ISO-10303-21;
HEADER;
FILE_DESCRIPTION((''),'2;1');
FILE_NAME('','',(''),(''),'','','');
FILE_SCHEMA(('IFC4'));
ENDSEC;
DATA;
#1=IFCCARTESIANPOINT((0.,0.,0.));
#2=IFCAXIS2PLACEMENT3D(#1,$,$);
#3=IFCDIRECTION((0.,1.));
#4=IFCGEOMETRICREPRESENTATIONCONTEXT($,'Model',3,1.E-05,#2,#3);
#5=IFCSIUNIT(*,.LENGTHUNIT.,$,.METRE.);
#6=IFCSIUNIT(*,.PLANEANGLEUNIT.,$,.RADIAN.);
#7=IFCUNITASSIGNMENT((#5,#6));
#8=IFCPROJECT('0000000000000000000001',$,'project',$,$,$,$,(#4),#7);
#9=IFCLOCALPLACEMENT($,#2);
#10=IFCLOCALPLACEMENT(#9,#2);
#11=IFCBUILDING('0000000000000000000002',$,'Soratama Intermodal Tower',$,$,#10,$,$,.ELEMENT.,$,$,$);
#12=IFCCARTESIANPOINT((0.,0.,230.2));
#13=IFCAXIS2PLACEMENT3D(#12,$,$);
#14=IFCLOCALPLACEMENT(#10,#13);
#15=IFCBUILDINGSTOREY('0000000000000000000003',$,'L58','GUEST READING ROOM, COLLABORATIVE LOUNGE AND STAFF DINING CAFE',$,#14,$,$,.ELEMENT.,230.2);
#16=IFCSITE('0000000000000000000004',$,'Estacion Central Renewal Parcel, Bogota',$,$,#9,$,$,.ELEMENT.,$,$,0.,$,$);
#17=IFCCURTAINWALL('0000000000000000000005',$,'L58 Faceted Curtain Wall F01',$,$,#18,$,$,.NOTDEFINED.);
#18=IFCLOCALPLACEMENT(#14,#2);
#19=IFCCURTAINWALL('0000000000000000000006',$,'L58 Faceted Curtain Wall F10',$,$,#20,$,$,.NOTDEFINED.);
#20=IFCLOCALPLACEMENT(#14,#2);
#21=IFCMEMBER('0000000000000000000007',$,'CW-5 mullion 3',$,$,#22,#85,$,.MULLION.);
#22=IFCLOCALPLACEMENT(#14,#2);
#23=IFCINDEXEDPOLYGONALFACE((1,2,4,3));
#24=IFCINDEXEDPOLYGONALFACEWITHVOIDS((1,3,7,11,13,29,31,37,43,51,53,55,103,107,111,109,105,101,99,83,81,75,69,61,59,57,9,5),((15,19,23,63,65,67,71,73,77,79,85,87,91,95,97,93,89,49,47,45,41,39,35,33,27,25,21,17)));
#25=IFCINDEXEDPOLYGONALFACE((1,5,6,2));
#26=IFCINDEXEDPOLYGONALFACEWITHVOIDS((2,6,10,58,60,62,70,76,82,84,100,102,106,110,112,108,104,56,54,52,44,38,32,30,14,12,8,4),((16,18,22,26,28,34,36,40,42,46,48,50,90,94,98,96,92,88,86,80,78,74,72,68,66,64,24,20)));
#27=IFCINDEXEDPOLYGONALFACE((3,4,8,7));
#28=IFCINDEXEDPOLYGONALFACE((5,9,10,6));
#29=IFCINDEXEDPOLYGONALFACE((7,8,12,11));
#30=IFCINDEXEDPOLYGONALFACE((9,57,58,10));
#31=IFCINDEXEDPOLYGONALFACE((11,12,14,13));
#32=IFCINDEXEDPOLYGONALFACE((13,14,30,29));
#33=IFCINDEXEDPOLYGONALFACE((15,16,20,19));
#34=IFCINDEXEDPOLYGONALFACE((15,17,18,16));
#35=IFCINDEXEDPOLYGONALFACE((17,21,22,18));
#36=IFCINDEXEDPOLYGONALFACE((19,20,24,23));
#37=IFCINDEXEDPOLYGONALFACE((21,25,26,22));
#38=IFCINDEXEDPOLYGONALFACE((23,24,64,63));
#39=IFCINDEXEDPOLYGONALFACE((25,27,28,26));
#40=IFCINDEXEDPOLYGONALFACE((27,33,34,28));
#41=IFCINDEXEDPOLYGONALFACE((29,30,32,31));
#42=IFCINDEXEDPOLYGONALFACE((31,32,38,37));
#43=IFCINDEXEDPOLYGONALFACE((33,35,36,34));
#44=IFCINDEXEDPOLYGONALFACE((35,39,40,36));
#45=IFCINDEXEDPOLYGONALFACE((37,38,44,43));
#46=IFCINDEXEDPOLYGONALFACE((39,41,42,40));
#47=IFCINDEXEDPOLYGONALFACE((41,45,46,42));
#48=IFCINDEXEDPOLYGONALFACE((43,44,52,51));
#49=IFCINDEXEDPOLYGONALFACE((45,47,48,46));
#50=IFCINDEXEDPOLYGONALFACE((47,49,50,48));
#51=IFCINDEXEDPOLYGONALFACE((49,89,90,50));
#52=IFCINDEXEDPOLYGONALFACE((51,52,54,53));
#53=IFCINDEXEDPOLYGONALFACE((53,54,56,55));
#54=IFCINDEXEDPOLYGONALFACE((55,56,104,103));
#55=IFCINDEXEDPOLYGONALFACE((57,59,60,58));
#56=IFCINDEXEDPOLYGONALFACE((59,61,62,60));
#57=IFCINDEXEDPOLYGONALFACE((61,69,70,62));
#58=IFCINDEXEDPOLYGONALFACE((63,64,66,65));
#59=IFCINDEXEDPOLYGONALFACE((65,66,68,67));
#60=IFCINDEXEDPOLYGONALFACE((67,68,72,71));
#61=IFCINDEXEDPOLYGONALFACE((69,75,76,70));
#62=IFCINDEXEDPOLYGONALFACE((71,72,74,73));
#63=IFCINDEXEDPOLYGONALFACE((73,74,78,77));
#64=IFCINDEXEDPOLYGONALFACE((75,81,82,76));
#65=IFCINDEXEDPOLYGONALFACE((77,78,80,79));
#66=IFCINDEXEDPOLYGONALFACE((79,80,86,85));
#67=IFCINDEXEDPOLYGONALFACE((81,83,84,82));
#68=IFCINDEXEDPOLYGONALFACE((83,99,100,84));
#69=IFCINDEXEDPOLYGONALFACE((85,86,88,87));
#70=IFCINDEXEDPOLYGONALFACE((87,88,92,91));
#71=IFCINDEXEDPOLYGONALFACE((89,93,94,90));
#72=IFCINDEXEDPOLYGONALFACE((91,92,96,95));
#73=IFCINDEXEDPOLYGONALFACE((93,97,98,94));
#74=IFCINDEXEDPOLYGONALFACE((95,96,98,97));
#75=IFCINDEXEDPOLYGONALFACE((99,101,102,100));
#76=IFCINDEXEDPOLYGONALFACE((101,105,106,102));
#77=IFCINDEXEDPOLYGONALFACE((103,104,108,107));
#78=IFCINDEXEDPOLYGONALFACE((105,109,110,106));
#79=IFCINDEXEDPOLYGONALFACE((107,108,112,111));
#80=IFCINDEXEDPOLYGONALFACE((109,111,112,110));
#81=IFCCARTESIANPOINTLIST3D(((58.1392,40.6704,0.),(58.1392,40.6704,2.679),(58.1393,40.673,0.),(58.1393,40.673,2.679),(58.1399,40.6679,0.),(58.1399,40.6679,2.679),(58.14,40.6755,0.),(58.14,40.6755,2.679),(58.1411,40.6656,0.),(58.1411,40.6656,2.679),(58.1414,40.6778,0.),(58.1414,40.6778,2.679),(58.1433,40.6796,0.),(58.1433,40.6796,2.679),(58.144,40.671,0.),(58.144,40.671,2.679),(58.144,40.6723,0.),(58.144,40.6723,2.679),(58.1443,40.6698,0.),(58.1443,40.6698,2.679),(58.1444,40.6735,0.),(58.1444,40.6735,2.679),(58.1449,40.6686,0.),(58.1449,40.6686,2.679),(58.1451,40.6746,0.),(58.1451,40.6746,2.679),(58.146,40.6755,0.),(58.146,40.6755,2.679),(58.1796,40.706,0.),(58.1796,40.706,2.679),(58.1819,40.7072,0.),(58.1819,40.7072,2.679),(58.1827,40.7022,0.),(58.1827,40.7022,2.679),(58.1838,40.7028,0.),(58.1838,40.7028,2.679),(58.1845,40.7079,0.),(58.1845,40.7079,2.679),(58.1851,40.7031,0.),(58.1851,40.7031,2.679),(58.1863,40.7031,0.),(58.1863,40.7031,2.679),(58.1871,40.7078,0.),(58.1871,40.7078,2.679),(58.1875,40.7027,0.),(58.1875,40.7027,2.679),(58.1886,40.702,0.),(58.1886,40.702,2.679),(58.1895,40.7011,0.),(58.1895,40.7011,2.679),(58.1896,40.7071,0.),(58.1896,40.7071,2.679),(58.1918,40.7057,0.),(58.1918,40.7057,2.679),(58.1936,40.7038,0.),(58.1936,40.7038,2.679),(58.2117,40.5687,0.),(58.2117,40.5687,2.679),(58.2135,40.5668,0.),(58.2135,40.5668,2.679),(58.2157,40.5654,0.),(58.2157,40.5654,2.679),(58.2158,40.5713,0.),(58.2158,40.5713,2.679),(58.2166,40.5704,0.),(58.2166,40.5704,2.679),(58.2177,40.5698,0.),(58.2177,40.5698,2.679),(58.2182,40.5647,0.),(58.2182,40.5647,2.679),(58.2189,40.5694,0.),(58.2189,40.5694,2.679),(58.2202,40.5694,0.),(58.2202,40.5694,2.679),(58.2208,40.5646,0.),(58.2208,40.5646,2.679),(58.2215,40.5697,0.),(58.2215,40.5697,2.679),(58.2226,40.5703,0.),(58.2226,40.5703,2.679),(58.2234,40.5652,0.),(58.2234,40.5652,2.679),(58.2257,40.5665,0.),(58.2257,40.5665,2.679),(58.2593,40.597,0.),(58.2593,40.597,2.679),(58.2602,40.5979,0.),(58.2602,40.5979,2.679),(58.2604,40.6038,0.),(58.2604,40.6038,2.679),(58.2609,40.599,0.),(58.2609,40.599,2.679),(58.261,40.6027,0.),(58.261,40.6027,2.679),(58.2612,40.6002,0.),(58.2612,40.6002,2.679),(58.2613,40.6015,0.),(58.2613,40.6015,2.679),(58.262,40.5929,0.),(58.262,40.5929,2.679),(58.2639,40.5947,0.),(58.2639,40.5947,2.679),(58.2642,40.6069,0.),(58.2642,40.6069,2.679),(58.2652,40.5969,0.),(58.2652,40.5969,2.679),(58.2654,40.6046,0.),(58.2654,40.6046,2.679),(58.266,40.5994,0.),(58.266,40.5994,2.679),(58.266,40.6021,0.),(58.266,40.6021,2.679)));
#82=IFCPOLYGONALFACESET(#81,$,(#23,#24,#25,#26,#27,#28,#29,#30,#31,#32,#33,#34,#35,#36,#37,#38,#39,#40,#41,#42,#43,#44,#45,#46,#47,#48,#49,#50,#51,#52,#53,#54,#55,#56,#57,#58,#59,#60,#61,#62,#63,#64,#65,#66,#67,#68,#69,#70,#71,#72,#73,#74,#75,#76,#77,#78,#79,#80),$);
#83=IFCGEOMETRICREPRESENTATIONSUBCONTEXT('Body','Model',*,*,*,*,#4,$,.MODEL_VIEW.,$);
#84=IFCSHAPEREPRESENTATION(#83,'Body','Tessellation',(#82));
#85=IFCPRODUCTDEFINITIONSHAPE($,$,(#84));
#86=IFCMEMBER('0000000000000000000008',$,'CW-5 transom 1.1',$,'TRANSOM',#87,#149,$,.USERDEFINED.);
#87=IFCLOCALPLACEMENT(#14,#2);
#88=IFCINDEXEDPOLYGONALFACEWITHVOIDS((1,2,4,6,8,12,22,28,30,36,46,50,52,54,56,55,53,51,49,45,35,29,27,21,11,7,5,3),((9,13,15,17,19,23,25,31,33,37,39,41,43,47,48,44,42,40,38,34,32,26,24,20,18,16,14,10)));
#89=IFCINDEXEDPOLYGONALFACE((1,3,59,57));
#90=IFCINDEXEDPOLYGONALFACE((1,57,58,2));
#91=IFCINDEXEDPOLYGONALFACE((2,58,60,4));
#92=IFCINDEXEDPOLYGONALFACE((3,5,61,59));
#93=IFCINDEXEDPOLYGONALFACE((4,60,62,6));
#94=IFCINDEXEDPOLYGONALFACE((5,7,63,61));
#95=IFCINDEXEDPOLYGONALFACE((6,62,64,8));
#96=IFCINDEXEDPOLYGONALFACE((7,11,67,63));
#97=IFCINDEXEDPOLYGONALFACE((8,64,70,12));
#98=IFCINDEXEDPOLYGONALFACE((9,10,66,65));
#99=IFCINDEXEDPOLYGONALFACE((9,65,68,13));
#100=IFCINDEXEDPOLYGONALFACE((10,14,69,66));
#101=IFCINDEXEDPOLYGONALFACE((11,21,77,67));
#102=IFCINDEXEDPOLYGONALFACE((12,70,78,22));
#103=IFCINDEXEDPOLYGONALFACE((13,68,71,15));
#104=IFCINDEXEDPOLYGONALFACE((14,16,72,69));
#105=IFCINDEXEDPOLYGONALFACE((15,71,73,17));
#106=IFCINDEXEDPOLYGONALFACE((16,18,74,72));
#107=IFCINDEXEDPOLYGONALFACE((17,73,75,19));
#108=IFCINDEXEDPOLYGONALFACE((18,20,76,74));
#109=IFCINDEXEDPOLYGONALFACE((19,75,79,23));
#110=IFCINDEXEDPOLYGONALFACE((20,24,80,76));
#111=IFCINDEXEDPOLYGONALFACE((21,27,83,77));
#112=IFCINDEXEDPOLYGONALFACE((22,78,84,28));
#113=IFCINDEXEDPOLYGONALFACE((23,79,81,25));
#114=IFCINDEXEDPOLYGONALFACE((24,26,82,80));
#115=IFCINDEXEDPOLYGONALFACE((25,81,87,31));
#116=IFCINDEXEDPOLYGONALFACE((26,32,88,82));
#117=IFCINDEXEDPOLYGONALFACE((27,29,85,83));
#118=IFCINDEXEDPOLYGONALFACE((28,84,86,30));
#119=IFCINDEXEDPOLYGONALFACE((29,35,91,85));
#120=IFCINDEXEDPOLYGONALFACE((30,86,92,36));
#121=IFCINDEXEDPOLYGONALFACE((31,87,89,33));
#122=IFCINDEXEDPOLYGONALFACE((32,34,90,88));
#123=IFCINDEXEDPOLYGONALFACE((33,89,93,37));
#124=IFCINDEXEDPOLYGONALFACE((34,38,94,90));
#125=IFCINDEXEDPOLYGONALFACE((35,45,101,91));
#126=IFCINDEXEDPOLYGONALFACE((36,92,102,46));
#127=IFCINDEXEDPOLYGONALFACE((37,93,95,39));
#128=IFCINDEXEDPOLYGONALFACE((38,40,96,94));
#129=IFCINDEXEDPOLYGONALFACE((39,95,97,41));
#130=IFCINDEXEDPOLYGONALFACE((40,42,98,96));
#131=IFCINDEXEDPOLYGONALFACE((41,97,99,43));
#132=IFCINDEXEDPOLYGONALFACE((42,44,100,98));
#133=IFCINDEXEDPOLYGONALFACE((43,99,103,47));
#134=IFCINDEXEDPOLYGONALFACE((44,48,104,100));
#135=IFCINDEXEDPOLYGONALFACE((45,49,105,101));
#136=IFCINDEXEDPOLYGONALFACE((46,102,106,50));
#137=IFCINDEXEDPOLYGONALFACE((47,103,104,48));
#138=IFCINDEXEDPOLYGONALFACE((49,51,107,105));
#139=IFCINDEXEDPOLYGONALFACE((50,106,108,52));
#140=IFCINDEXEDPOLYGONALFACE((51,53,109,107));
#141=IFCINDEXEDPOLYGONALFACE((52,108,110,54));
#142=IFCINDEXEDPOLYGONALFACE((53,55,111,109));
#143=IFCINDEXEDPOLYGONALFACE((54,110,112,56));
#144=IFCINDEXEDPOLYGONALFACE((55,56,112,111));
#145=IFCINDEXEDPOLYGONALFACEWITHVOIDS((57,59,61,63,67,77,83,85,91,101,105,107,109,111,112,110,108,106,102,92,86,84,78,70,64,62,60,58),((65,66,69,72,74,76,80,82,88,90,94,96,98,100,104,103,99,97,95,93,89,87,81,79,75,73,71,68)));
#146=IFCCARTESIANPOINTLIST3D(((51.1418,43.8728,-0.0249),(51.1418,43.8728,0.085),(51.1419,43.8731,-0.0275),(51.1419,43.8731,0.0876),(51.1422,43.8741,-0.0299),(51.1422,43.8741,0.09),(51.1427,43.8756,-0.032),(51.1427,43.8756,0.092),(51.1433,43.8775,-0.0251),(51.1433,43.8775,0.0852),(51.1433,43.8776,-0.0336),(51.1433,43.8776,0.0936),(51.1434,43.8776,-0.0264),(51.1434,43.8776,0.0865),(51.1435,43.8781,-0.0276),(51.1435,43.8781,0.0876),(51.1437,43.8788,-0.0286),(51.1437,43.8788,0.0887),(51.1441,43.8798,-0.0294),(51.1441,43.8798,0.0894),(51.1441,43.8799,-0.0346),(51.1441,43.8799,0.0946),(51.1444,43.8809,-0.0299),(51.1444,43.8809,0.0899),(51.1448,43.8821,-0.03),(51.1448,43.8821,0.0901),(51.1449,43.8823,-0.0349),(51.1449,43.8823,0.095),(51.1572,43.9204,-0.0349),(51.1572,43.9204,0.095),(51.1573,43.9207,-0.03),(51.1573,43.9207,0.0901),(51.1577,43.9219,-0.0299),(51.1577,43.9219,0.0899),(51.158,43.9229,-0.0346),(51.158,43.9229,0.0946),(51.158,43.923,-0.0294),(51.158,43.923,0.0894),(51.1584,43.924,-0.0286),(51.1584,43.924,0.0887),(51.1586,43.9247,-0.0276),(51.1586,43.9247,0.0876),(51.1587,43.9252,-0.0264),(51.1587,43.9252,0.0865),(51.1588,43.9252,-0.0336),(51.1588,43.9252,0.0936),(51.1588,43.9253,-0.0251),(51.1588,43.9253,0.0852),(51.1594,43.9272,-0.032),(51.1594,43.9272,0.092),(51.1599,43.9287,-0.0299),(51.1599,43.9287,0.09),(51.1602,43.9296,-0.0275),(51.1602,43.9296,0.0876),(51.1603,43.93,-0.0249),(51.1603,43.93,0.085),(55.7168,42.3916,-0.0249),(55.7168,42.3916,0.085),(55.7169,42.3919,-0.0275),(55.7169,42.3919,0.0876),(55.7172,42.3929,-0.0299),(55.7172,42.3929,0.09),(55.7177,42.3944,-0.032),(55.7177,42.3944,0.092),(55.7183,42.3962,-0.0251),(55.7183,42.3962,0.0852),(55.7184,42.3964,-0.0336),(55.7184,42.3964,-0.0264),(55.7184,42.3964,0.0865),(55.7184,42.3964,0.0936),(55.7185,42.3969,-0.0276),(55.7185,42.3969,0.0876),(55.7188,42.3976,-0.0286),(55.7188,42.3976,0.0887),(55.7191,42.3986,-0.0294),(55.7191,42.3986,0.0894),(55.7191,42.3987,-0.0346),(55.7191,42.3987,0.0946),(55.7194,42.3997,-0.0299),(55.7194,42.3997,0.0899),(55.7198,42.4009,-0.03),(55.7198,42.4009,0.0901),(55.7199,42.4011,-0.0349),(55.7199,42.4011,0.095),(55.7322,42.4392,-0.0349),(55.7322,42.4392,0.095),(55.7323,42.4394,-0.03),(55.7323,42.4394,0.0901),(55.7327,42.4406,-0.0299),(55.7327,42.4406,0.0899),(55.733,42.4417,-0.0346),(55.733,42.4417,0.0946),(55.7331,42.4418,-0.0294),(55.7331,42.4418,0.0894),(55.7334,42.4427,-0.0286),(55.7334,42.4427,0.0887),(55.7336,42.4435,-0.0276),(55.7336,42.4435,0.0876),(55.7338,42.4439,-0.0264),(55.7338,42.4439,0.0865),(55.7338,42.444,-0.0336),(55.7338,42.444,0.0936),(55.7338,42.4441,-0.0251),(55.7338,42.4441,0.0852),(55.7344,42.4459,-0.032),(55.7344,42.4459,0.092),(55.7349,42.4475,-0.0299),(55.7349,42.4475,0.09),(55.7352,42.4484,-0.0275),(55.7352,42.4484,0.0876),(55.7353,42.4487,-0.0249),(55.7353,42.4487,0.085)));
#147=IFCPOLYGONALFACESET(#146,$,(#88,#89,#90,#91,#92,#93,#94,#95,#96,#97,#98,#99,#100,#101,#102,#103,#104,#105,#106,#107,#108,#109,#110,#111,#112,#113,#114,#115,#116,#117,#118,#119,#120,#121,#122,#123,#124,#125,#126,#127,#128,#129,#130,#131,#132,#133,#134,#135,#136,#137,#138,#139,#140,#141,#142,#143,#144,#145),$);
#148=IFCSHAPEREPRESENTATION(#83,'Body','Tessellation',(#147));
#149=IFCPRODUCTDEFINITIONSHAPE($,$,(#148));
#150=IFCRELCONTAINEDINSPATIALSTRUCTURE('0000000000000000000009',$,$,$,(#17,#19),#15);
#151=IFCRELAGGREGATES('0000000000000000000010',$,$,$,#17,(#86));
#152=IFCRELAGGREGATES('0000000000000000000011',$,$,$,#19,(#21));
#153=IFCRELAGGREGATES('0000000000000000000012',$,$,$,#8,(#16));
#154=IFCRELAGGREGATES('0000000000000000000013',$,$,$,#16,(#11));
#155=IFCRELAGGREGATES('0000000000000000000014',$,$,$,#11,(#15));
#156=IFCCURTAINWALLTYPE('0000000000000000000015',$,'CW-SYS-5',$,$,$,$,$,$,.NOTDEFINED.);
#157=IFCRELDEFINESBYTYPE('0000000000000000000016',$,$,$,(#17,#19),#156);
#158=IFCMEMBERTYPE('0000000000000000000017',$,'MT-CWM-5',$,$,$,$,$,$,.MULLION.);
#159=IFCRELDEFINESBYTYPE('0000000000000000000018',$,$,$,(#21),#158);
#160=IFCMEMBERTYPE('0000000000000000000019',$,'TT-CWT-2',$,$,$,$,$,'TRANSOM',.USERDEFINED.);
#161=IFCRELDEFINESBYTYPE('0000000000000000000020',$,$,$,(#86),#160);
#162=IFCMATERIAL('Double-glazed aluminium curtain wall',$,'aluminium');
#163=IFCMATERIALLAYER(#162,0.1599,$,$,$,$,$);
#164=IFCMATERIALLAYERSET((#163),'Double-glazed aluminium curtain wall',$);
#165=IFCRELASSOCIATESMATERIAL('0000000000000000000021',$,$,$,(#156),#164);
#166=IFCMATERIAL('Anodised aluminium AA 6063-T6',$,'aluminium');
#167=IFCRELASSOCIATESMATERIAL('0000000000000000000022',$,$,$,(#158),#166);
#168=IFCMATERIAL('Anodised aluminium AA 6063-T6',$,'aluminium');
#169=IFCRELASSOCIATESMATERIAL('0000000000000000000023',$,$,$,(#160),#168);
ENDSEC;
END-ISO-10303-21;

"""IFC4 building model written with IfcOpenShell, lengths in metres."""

from ifc_helpers import new_model, si_unit, direction, frame, origin, origin_2d, place, context, subcontext, project, spatial, hollow_rectangle, extrude, material, layer, layer_set, material_profile, profile_set, type_object, element, aggregate, save


model = new_model("IFC4")

# Units and contexts
model_context = context("Model", 3, precision=1e-05, world=origin(), true_north=direction((0.0, 1.0)))
body_context = subcontext(model_context, "Body", "Model", "MODEL_VIEW")
ifc_project = project(units=[si_unit("LENGTHUNIT", "METRE"), si_unit("PLANEANGLEUNIT", "RADIAN")], contexts=[model_context])

# Site, building, storey
site_placement = place(None, origin())
site = spatial("IfcSite", under=ifc_project, at=site_placement, Name="Estacion Central Renewal Parcel, Bogota", CompositionType="ELEMENT", RefElevation=0.0)
building_placement = place(site_placement, origin())
building = spatial("IfcBuilding", under=site, at=building_placement, Name="Soratama Intermodal Tower", CompositionType="ELEMENT")
storey_placement = place(building_placement, frame((0.0, 0.0, 230.2)))
storey = spatial("IfcBuildingStorey", under=building, at=storey_placement, Name="L58", Description="GUEST READING ROOM, COLLABORATIVE LOUNGE AND STAFF DINING CAFE", CompositionType="ELEMENT", Elevation=230.2)

# Curtain wall
ifc_material_1 = material(Name="Double-glazed aluminium curtain wall", Category="aluminium")
ifc_layer_1 = layer(ifc_material_1, 0.1599)
ifc_layer_set_1 = layer_set([ifc_layer_1], Name="Double-glazed aluminium curtain wall")
curtain_wall_type = type_object("IfcCurtainWallType", Name="CW-SYS-5", PredefinedType="NOTDEFINED", material=ifc_layer_set_1)
curtain_wall_1_placement = place(storey_placement, origin())
curtain_wall_1 = element("IfcCurtainWall", 1, at=curtain_wall_1_placement, inside=storey, type_object=curtain_wall_type, Name="L58 Faceted Curtain Wall F01", PredefinedType="NOTDEFINED")
ifc_material_2 = material(Name="Anodised aluminium AA 6063-T6", Category="aluminium")
ifc_material_profile_1 = material_profile(ifc_material_2, hollow_rectangle(XDim=0.0649, YDim=0.1399, WallThickness=0.0049, InnerFilletRadius=0.0049, OuterFilletRadius=0.01, at=origin_2d()), Name="CWM140X65X5")
ifc_profile_set_1 = profile_set([ifc_material_profile_1], Name="Anodised aluminium AA 6063-T6")
member_type_1 = type_object("IfcMemberType", Name="MT-CWM-5", PredefinedType="MULLION", material=ifc_profile_set_1)

# Curtain wall, member
curtain_wall_2_placement = place(storey_placement, origin())
curtain_wall_2 = element("IfcCurtainWall", 2, at=curtain_wall_2_placement, inside=storey, type_object=curtain_wall_type, Name="L58 Faceted Curtain Wall F10", PredefinedType="NOTDEFINED")
member_1_placement = place(storey_placement, frame((58.2026, 40.6362, 0.0), z_axis=(0.0, 0.0, 1.0), x_axis=(-0.808396, -0.588639, 0.0)))
member_1 = element("IfcMember", 3, at=member_1_placement, type_object=member_type_1, Name="CW-5 mullion 3", PredefinedType="MULLION", context=body_context, shape_type="SweptSolid", body=[
    extrude(hollow_rectangle(XDim=0.0649, YDim=0.1399, WallThickness=0.0049, InnerFilletRadius=0.0049, OuterFilletRadius=0.01, at=origin_2d()), origin(), (0.0, 0.0, 1.0), 2.679),
])

# Member
ifc_material_3 = material(Name="Anodised aluminium AA 6063-T6", Category="aluminium")
ifc_material_profile_2 = material_profile(ifc_material_3, hollow_rectangle(XDim=0.0601, YDim=0.1299, WallThickness=0.0049, InnerFilletRadius=0.0049, OuterFilletRadius=0.01, at=origin_2d()), Name="CWT130X60X5")
ifc_profile_set_2 = profile_set([ifc_material_profile_2], Name="Anodised aluminium AA 6063-T6")
member_type_2 = type_object("IfcMemberType", Name="TT-CWT-2", ElementType="TRANSOM", PredefinedType="USERDEFINED", material=ifc_profile_set_2)
member_2_placement = place(storey_placement, frame((55.7261, 42.4202, 0.03), z_axis=(-0.951379, 0.308022, 0.0), x_axis=(-0.308022, -0.951379, 0.0)))
member_2 = element("IfcMember", 4, at=member_2_placement, type_object=member_type_2, Name="CW-5 transom 1.1", ObjectType="TRANSOM", PredefinedType="USERDEFINED", context=body_context, shape_type="SweptSolid", body=[
    extrude(hollow_rectangle(XDim=0.0601, YDim=0.1299, WallThickness=0.0049, InnerFilletRadius=0.0049, OuterFilletRadius=0.01, at=origin_2d()), origin(), (0.0, 0.0, 1.0), 4.8088),
])

aggregate(curtain_wall_1, [member_2])
aggregate(curtain_wall_2, [member_1])

save(model, "model.ifc")
